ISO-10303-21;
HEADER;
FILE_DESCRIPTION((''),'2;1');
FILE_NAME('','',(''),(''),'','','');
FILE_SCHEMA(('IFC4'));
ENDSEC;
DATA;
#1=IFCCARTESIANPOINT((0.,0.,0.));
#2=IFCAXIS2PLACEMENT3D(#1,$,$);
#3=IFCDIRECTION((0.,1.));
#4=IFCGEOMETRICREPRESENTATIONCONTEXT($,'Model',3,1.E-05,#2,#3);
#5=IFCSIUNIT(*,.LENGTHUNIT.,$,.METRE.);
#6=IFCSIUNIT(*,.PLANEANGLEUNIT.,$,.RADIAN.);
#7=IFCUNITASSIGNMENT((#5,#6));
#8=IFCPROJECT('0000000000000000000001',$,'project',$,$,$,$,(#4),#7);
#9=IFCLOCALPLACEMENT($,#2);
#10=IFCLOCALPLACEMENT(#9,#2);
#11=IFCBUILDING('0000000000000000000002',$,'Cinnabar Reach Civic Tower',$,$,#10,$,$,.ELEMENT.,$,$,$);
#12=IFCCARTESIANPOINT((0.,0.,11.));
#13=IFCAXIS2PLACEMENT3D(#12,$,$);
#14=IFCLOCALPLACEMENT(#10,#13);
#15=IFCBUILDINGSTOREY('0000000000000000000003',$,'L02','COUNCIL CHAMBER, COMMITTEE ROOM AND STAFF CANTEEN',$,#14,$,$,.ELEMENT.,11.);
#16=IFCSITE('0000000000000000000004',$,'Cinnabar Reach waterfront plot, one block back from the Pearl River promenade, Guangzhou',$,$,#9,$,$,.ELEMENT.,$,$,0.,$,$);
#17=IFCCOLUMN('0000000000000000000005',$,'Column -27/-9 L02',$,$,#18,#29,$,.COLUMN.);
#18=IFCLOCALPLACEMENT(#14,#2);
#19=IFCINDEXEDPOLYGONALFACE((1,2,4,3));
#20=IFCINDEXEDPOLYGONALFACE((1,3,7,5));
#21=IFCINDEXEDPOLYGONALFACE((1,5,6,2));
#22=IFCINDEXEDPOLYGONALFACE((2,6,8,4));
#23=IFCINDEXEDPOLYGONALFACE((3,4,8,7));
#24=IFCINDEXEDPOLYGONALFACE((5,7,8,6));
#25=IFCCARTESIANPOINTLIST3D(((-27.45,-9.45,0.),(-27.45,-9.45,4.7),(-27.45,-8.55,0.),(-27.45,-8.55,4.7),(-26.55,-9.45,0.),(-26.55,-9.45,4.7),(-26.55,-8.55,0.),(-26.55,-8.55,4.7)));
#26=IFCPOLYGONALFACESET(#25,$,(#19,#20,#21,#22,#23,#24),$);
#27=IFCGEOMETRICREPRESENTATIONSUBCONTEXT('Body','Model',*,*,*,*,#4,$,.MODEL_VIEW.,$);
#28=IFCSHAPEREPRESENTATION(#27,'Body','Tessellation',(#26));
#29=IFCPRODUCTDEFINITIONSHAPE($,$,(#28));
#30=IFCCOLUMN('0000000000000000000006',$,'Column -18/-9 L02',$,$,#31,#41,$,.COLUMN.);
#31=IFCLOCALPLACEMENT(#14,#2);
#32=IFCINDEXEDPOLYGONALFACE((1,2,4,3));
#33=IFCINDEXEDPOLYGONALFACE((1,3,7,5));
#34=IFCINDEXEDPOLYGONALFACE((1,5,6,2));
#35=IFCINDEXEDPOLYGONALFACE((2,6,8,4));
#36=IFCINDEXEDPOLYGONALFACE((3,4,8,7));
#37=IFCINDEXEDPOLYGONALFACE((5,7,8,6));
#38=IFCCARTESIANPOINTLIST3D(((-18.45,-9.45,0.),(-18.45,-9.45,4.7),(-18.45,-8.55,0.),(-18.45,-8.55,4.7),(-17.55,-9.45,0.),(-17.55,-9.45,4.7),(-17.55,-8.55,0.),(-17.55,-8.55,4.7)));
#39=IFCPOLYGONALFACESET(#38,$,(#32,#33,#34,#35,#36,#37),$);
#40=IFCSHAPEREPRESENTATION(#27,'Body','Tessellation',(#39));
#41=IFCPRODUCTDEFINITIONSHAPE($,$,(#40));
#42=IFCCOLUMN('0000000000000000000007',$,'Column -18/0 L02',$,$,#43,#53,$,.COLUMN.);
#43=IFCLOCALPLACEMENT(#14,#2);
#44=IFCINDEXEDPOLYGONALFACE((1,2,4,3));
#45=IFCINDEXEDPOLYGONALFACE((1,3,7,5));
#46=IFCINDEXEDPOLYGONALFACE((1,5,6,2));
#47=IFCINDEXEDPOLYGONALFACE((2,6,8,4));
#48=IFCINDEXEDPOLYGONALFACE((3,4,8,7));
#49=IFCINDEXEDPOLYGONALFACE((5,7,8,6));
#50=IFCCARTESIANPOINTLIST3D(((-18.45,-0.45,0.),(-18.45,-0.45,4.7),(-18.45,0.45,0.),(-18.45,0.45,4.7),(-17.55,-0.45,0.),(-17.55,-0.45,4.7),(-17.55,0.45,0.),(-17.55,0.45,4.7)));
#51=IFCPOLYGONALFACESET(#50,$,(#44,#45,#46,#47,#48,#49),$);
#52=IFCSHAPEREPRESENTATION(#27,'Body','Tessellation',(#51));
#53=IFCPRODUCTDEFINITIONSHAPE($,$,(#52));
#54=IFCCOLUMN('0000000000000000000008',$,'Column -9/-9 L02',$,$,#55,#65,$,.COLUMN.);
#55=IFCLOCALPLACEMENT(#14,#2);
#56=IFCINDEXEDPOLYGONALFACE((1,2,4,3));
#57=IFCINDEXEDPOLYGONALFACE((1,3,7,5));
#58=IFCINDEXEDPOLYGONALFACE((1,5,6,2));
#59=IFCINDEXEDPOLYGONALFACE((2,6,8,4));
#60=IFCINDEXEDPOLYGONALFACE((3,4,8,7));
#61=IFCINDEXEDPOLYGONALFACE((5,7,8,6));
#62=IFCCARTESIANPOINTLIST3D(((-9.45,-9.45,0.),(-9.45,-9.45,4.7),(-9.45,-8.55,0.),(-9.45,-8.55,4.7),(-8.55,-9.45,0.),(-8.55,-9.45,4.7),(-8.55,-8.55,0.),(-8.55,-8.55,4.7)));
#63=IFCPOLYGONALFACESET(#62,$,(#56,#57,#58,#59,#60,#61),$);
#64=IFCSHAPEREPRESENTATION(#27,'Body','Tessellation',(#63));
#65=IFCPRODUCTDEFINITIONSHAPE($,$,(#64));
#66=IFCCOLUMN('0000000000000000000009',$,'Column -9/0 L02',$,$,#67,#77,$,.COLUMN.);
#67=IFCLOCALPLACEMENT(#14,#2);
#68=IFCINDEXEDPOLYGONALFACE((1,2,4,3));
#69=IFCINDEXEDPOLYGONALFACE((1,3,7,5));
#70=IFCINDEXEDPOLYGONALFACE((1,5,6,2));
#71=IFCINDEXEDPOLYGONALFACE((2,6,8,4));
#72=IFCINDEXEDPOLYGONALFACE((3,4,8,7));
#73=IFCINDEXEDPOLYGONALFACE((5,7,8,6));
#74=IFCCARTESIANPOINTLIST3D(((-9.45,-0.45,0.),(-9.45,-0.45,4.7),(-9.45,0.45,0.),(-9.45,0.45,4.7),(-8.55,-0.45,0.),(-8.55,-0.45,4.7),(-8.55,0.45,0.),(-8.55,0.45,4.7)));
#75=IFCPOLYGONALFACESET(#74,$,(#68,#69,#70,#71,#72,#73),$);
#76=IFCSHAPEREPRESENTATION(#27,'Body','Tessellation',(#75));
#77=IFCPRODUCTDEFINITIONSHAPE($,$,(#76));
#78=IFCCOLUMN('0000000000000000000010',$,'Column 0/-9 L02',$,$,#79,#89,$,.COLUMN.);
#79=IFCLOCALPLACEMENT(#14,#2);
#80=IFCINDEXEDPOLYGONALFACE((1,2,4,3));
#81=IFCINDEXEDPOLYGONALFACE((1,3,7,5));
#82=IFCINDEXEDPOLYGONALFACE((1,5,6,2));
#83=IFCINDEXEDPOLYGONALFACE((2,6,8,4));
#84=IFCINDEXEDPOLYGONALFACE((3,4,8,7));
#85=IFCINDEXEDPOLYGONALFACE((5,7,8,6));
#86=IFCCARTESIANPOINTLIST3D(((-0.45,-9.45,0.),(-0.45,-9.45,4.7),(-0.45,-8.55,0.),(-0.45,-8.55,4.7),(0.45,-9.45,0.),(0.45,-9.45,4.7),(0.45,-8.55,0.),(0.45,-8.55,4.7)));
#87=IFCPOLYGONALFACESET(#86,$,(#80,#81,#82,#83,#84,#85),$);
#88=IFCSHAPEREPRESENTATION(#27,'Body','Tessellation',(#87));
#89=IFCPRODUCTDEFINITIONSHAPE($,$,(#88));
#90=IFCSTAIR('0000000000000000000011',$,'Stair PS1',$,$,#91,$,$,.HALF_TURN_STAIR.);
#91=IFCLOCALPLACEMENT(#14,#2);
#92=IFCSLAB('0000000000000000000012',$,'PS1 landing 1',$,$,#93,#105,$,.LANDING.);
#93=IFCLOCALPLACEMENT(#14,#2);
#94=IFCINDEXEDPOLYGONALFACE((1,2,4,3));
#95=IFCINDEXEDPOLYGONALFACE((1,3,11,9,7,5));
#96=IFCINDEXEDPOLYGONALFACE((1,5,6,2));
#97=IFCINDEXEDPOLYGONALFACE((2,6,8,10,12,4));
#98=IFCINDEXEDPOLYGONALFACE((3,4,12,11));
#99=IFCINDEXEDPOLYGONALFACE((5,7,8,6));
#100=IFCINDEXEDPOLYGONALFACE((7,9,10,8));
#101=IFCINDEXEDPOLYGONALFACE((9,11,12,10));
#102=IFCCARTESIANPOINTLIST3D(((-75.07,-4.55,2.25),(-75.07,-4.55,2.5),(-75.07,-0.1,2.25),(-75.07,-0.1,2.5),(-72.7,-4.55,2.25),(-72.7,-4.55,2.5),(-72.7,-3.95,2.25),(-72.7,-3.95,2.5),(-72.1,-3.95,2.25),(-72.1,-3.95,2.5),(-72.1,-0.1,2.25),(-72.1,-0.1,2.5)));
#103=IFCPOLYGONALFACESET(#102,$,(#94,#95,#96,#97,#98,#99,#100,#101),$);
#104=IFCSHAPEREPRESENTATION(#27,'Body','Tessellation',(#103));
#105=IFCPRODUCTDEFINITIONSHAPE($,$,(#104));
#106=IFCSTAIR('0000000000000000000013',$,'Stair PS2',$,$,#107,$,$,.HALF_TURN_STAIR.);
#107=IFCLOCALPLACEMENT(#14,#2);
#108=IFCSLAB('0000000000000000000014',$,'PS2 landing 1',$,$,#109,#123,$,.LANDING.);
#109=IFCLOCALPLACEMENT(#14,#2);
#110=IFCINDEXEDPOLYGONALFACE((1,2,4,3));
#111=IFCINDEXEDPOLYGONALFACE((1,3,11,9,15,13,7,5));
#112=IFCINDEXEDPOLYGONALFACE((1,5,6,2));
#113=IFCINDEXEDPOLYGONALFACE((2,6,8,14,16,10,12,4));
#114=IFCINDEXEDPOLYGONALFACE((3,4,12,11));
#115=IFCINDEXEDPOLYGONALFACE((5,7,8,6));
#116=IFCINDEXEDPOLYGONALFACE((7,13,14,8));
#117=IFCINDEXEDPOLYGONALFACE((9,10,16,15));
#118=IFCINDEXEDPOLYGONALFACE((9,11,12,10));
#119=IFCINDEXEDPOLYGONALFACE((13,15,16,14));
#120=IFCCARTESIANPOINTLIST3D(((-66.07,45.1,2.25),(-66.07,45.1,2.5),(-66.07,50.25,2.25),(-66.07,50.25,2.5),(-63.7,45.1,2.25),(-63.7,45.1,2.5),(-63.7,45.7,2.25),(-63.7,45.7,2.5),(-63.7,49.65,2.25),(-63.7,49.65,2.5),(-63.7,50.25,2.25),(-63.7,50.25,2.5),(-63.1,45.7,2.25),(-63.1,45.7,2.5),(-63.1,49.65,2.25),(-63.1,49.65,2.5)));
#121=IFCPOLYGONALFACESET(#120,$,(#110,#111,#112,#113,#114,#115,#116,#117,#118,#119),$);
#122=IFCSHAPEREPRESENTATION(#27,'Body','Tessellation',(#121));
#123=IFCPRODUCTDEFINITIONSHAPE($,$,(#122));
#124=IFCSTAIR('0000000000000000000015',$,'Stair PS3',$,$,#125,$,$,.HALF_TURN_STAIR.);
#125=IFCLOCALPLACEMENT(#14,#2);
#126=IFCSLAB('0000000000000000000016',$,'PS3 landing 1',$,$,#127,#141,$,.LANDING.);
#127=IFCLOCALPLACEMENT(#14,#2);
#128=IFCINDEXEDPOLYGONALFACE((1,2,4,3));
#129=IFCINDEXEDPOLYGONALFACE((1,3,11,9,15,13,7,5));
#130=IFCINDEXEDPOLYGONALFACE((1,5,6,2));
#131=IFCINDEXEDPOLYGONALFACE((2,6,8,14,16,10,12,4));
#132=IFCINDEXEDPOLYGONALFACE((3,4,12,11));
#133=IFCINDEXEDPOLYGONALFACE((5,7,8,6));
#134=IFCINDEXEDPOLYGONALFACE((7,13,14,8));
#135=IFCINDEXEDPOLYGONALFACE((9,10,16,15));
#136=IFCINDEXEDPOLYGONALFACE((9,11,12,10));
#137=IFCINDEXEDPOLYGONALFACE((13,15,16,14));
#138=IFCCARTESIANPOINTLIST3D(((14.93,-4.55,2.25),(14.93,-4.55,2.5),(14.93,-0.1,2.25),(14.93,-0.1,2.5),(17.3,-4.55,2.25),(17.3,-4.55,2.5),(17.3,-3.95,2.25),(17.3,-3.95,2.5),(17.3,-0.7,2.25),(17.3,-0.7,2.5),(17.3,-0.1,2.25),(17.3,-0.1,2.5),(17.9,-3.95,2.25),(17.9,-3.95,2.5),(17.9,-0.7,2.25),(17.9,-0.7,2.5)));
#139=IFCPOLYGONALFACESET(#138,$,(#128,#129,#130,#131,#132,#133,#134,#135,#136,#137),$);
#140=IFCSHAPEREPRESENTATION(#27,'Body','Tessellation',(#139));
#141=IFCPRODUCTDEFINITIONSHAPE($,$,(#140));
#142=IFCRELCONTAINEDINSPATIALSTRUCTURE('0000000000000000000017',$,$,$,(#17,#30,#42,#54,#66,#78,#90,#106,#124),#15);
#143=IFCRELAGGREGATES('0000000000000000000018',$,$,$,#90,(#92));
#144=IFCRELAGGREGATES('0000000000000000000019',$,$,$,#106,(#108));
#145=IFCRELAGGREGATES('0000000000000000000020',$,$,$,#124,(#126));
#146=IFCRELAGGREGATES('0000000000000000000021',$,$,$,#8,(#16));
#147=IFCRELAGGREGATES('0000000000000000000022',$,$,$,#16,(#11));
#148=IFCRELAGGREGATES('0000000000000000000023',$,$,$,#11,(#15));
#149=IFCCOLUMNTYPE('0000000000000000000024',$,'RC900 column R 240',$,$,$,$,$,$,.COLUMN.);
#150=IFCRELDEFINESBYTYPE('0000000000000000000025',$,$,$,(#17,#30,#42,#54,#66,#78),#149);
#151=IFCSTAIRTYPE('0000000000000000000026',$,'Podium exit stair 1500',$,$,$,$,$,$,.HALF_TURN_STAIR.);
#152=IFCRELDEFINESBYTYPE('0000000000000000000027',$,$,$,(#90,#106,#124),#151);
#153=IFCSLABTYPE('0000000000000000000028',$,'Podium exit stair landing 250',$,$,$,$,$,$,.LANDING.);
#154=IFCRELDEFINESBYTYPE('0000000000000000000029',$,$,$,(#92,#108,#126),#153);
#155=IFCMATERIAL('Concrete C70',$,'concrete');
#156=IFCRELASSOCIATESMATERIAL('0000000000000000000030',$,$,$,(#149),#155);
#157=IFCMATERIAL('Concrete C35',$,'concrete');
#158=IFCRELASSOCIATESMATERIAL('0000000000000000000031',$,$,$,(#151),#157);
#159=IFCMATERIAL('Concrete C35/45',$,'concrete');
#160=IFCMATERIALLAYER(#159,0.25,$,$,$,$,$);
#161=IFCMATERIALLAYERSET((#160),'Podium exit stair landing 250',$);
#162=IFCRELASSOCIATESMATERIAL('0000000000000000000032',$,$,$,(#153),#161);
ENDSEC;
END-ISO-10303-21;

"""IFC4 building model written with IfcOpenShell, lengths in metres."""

from ifc_helpers import new_model, si_unit, direction, frame, origin, origin_2d, place, context, subcontext, project, spatial, polyline, rectangle, outline, extrude, material, layer, layer_set, material_profile, profile_set, type_object, element, aggregate, save


model = new_model("IFC4")

# Units and contexts
model_context = context("Model", 3, precision=1e-05, world=origin(), true_north=direction((0.0, 1.0)))
body_context = subcontext(model_context, "Body", "Model", "MODEL_VIEW")
ifc_project = project(units=[si_unit("LENGTHUNIT", "METRE"), si_unit("PLANEANGLEUNIT", "RADIAN")], contexts=[model_context])

# Site, building, storey
site_placement = place(None, origin())
site = spatial("IfcSite", under=ifc_project, at=site_placement, Name="Cinnabar Reach waterfront plot, one block back from the Pearl River promenade, Guangzhou", CompositionType="ELEMENT", RefElevation=0.0)
building_placement = place(site_placement, origin())
building = spatial("IfcBuilding", under=site, at=building_placement, Name="Cinnabar Reach Civic Tower", CompositionType="ELEMENT")
storey_placement = place(building_placement, frame((0.0, 0.0, 11.0)))
storey = spatial("IfcBuildingStorey", under=building, at=storey_placement, Name="L02", Description="COUNCIL CHAMBER, COMMITTEE ROOM AND STAFF CANTEEN", CompositionType="ELEMENT", Elevation=11.0)

# Columns
ifc_material_1 = material(Name="Concrete C70", Category="concrete")
ifc_material_profile = material_profile(ifc_material_1, rectangle(XDim=0.9, YDim=0.9, at=origin_2d()), Name="RC900")
ifc_profile_set = profile_set([ifc_material_profile], Name="Concrete C70")
column_type = type_object("IfcColumnType", Name="RC900 column R 240", PredefinedType="COLUMN", material=ifc_profile_set)
for number, where, z_axis, x_axis, name in (
    (1, (-27.0, -9.0, 0.0), (0.0, 0.0, 1.0), (1.0, 0.0, 0.0), "Column -27/-9 L02"),
    (2, (-18.0, -9.0, 0.0), (0.0, 0.0, 1.0), (1.0, 0.0, 0.0), "Column -18/-9 L02"),
    (3, (-18.0, 0.0, 0.0), (0.0, 0.0, 1.0), (1.0, 0.0, 0.0), "Column -18/0 L02"),
    (4, (-9.0, -9.0, 0.0), (0.0, 0.0, 1.0), (1.0, 0.0, 0.0), "Column -9/-9 L02"),
    (5, (-9.0, 0.0, 0.0), (0.0, 0.0, 1.0), (1.0, 0.0, 0.0), "Column -9/0 L02"),
    (6, (0.0, -9.0, 0.0), (0.0, 0.0, 1.0), (1.0, 0.0, 0.0), "Column 0/-9 L02"),
):
    element("IfcColumn", number, at=place(storey_placement, frame(where, z_axis=z_axis, x_axis=x_axis)), inside=storey, type_object=column_type, Name=name, PredefinedType="COLUMN", context=body_context, shape_type="SweptSolid", body=[
        extrude(rectangle(XDim=0.9, YDim=0.9, at=origin_2d()), origin(), (0.0, 0.0, 1.0), 4.7),
    ])

# Stairs, slabs
ifc_material_2 = material(Name="Concrete C35", Category="concrete")
stair_type = type_object("IfcStairType", Name="Podium exit stair 1500", PredefinedType="HALF_TURN_STAIR", material=ifc_material_2)
stair_1_placement = place(storey_placement, origin())
stair_1 = element("IfcStair", 7, at=stair_1_placement, inside=storey, type_object=stair_type, Name="Stair PS1", PredefinedType="HALF_TURN_STAIR")
ifc_material_3 = material(Name="Concrete C35/45", Category="concrete")
ifc_layer_1 = layer(ifc_material_3, 0.25)
ifc_layer_set_1 = layer_set([ifc_layer_1], Name="Podium exit stair landing 250")
slab_type_1 = type_object("IfcSlabType", Name="Podium exit stair landing 250", PredefinedType="LANDING", material=ifc_layer_set_1)
slab_1_placement = place(storey_placement, frame((0.0, 0.0, 2.25)))
slab_1 = element("IfcSlab", 8, at=slab_1_placement, type_object=slab_type_1, Name="PS1 landing 1", PredefinedType="LANDING", context=body_context, shape_type="SweptSolid", body=[
    extrude(outline(polyline([(-75.07, -4.55), (-75.07, -0.1), (-72.1, -0.1), (-72.1, -3.95), (-72.7, -3.95), (-72.7, -4.55), (-75.07, -4.55)])), origin(), (0.0, 0.0, 1.0), 0.25),
])
aggregate(stair_1, [slab_1])
stair_2_placement = place(storey_placement, origin())
stair_2 = element("IfcStair", 9, at=stair_2_placement, inside=storey, type_object=stair_type, Name="Stair PS2", PredefinedType="HALF_TURN_STAIR")
slab_2_placement = place(storey_placement, frame((0.0, 0.0, 2.25)))
slab_2 = element("IfcSlab", 10, at=slab_2_placement, type_object=slab_type_1, Name="PS2 landing 1", PredefinedType="LANDING", context=body_context, shape_type="SweptSolid", body=[
    extrude(outline(polyline([(-63.1, 45.7), (-63.7, 45.7), (-63.7, 45.1), (-66.07, 45.1), (-66.07, 50.25), (-63.7, 50.25), (-63.7, 49.65), (-63.1, 49.65), (-63.1, 45.7)])), origin(), (0.0, 0.0, 1.0), 0.25),
])
aggregate(stair_2, [slab_2])
stair_3_placement = place(storey_placement, origin())
stair_3 = element("IfcStair", 11, at=stair_3_placement, inside=storey, type_object=stair_type, Name="Stair PS3", PredefinedType="HALF_TURN_STAIR")
slab_3_placement = place(storey_placement, frame((0.0, 0.0, 2.25)))
slab_3 = element("IfcSlab", 12, at=slab_3_placement, type_object=slab_type_1, Name="PS3 landing 1", PredefinedType="LANDING", context=body_context, shape_type="SweptSolid", body=[
    extrude(outline(polyline([(17.9, -3.95), (17.3, -3.95), (17.3, -4.55), (14.93, -4.55), (14.93, -0.1), (17.3, -0.1), (17.3, -0.7), (17.9, -0.7), (17.9, -3.95)])), origin(), (0.0, 0.0, 1.0), 0.25),
])
aggregate(stair_3, [slab_3])

save(model, "model.ifc")
